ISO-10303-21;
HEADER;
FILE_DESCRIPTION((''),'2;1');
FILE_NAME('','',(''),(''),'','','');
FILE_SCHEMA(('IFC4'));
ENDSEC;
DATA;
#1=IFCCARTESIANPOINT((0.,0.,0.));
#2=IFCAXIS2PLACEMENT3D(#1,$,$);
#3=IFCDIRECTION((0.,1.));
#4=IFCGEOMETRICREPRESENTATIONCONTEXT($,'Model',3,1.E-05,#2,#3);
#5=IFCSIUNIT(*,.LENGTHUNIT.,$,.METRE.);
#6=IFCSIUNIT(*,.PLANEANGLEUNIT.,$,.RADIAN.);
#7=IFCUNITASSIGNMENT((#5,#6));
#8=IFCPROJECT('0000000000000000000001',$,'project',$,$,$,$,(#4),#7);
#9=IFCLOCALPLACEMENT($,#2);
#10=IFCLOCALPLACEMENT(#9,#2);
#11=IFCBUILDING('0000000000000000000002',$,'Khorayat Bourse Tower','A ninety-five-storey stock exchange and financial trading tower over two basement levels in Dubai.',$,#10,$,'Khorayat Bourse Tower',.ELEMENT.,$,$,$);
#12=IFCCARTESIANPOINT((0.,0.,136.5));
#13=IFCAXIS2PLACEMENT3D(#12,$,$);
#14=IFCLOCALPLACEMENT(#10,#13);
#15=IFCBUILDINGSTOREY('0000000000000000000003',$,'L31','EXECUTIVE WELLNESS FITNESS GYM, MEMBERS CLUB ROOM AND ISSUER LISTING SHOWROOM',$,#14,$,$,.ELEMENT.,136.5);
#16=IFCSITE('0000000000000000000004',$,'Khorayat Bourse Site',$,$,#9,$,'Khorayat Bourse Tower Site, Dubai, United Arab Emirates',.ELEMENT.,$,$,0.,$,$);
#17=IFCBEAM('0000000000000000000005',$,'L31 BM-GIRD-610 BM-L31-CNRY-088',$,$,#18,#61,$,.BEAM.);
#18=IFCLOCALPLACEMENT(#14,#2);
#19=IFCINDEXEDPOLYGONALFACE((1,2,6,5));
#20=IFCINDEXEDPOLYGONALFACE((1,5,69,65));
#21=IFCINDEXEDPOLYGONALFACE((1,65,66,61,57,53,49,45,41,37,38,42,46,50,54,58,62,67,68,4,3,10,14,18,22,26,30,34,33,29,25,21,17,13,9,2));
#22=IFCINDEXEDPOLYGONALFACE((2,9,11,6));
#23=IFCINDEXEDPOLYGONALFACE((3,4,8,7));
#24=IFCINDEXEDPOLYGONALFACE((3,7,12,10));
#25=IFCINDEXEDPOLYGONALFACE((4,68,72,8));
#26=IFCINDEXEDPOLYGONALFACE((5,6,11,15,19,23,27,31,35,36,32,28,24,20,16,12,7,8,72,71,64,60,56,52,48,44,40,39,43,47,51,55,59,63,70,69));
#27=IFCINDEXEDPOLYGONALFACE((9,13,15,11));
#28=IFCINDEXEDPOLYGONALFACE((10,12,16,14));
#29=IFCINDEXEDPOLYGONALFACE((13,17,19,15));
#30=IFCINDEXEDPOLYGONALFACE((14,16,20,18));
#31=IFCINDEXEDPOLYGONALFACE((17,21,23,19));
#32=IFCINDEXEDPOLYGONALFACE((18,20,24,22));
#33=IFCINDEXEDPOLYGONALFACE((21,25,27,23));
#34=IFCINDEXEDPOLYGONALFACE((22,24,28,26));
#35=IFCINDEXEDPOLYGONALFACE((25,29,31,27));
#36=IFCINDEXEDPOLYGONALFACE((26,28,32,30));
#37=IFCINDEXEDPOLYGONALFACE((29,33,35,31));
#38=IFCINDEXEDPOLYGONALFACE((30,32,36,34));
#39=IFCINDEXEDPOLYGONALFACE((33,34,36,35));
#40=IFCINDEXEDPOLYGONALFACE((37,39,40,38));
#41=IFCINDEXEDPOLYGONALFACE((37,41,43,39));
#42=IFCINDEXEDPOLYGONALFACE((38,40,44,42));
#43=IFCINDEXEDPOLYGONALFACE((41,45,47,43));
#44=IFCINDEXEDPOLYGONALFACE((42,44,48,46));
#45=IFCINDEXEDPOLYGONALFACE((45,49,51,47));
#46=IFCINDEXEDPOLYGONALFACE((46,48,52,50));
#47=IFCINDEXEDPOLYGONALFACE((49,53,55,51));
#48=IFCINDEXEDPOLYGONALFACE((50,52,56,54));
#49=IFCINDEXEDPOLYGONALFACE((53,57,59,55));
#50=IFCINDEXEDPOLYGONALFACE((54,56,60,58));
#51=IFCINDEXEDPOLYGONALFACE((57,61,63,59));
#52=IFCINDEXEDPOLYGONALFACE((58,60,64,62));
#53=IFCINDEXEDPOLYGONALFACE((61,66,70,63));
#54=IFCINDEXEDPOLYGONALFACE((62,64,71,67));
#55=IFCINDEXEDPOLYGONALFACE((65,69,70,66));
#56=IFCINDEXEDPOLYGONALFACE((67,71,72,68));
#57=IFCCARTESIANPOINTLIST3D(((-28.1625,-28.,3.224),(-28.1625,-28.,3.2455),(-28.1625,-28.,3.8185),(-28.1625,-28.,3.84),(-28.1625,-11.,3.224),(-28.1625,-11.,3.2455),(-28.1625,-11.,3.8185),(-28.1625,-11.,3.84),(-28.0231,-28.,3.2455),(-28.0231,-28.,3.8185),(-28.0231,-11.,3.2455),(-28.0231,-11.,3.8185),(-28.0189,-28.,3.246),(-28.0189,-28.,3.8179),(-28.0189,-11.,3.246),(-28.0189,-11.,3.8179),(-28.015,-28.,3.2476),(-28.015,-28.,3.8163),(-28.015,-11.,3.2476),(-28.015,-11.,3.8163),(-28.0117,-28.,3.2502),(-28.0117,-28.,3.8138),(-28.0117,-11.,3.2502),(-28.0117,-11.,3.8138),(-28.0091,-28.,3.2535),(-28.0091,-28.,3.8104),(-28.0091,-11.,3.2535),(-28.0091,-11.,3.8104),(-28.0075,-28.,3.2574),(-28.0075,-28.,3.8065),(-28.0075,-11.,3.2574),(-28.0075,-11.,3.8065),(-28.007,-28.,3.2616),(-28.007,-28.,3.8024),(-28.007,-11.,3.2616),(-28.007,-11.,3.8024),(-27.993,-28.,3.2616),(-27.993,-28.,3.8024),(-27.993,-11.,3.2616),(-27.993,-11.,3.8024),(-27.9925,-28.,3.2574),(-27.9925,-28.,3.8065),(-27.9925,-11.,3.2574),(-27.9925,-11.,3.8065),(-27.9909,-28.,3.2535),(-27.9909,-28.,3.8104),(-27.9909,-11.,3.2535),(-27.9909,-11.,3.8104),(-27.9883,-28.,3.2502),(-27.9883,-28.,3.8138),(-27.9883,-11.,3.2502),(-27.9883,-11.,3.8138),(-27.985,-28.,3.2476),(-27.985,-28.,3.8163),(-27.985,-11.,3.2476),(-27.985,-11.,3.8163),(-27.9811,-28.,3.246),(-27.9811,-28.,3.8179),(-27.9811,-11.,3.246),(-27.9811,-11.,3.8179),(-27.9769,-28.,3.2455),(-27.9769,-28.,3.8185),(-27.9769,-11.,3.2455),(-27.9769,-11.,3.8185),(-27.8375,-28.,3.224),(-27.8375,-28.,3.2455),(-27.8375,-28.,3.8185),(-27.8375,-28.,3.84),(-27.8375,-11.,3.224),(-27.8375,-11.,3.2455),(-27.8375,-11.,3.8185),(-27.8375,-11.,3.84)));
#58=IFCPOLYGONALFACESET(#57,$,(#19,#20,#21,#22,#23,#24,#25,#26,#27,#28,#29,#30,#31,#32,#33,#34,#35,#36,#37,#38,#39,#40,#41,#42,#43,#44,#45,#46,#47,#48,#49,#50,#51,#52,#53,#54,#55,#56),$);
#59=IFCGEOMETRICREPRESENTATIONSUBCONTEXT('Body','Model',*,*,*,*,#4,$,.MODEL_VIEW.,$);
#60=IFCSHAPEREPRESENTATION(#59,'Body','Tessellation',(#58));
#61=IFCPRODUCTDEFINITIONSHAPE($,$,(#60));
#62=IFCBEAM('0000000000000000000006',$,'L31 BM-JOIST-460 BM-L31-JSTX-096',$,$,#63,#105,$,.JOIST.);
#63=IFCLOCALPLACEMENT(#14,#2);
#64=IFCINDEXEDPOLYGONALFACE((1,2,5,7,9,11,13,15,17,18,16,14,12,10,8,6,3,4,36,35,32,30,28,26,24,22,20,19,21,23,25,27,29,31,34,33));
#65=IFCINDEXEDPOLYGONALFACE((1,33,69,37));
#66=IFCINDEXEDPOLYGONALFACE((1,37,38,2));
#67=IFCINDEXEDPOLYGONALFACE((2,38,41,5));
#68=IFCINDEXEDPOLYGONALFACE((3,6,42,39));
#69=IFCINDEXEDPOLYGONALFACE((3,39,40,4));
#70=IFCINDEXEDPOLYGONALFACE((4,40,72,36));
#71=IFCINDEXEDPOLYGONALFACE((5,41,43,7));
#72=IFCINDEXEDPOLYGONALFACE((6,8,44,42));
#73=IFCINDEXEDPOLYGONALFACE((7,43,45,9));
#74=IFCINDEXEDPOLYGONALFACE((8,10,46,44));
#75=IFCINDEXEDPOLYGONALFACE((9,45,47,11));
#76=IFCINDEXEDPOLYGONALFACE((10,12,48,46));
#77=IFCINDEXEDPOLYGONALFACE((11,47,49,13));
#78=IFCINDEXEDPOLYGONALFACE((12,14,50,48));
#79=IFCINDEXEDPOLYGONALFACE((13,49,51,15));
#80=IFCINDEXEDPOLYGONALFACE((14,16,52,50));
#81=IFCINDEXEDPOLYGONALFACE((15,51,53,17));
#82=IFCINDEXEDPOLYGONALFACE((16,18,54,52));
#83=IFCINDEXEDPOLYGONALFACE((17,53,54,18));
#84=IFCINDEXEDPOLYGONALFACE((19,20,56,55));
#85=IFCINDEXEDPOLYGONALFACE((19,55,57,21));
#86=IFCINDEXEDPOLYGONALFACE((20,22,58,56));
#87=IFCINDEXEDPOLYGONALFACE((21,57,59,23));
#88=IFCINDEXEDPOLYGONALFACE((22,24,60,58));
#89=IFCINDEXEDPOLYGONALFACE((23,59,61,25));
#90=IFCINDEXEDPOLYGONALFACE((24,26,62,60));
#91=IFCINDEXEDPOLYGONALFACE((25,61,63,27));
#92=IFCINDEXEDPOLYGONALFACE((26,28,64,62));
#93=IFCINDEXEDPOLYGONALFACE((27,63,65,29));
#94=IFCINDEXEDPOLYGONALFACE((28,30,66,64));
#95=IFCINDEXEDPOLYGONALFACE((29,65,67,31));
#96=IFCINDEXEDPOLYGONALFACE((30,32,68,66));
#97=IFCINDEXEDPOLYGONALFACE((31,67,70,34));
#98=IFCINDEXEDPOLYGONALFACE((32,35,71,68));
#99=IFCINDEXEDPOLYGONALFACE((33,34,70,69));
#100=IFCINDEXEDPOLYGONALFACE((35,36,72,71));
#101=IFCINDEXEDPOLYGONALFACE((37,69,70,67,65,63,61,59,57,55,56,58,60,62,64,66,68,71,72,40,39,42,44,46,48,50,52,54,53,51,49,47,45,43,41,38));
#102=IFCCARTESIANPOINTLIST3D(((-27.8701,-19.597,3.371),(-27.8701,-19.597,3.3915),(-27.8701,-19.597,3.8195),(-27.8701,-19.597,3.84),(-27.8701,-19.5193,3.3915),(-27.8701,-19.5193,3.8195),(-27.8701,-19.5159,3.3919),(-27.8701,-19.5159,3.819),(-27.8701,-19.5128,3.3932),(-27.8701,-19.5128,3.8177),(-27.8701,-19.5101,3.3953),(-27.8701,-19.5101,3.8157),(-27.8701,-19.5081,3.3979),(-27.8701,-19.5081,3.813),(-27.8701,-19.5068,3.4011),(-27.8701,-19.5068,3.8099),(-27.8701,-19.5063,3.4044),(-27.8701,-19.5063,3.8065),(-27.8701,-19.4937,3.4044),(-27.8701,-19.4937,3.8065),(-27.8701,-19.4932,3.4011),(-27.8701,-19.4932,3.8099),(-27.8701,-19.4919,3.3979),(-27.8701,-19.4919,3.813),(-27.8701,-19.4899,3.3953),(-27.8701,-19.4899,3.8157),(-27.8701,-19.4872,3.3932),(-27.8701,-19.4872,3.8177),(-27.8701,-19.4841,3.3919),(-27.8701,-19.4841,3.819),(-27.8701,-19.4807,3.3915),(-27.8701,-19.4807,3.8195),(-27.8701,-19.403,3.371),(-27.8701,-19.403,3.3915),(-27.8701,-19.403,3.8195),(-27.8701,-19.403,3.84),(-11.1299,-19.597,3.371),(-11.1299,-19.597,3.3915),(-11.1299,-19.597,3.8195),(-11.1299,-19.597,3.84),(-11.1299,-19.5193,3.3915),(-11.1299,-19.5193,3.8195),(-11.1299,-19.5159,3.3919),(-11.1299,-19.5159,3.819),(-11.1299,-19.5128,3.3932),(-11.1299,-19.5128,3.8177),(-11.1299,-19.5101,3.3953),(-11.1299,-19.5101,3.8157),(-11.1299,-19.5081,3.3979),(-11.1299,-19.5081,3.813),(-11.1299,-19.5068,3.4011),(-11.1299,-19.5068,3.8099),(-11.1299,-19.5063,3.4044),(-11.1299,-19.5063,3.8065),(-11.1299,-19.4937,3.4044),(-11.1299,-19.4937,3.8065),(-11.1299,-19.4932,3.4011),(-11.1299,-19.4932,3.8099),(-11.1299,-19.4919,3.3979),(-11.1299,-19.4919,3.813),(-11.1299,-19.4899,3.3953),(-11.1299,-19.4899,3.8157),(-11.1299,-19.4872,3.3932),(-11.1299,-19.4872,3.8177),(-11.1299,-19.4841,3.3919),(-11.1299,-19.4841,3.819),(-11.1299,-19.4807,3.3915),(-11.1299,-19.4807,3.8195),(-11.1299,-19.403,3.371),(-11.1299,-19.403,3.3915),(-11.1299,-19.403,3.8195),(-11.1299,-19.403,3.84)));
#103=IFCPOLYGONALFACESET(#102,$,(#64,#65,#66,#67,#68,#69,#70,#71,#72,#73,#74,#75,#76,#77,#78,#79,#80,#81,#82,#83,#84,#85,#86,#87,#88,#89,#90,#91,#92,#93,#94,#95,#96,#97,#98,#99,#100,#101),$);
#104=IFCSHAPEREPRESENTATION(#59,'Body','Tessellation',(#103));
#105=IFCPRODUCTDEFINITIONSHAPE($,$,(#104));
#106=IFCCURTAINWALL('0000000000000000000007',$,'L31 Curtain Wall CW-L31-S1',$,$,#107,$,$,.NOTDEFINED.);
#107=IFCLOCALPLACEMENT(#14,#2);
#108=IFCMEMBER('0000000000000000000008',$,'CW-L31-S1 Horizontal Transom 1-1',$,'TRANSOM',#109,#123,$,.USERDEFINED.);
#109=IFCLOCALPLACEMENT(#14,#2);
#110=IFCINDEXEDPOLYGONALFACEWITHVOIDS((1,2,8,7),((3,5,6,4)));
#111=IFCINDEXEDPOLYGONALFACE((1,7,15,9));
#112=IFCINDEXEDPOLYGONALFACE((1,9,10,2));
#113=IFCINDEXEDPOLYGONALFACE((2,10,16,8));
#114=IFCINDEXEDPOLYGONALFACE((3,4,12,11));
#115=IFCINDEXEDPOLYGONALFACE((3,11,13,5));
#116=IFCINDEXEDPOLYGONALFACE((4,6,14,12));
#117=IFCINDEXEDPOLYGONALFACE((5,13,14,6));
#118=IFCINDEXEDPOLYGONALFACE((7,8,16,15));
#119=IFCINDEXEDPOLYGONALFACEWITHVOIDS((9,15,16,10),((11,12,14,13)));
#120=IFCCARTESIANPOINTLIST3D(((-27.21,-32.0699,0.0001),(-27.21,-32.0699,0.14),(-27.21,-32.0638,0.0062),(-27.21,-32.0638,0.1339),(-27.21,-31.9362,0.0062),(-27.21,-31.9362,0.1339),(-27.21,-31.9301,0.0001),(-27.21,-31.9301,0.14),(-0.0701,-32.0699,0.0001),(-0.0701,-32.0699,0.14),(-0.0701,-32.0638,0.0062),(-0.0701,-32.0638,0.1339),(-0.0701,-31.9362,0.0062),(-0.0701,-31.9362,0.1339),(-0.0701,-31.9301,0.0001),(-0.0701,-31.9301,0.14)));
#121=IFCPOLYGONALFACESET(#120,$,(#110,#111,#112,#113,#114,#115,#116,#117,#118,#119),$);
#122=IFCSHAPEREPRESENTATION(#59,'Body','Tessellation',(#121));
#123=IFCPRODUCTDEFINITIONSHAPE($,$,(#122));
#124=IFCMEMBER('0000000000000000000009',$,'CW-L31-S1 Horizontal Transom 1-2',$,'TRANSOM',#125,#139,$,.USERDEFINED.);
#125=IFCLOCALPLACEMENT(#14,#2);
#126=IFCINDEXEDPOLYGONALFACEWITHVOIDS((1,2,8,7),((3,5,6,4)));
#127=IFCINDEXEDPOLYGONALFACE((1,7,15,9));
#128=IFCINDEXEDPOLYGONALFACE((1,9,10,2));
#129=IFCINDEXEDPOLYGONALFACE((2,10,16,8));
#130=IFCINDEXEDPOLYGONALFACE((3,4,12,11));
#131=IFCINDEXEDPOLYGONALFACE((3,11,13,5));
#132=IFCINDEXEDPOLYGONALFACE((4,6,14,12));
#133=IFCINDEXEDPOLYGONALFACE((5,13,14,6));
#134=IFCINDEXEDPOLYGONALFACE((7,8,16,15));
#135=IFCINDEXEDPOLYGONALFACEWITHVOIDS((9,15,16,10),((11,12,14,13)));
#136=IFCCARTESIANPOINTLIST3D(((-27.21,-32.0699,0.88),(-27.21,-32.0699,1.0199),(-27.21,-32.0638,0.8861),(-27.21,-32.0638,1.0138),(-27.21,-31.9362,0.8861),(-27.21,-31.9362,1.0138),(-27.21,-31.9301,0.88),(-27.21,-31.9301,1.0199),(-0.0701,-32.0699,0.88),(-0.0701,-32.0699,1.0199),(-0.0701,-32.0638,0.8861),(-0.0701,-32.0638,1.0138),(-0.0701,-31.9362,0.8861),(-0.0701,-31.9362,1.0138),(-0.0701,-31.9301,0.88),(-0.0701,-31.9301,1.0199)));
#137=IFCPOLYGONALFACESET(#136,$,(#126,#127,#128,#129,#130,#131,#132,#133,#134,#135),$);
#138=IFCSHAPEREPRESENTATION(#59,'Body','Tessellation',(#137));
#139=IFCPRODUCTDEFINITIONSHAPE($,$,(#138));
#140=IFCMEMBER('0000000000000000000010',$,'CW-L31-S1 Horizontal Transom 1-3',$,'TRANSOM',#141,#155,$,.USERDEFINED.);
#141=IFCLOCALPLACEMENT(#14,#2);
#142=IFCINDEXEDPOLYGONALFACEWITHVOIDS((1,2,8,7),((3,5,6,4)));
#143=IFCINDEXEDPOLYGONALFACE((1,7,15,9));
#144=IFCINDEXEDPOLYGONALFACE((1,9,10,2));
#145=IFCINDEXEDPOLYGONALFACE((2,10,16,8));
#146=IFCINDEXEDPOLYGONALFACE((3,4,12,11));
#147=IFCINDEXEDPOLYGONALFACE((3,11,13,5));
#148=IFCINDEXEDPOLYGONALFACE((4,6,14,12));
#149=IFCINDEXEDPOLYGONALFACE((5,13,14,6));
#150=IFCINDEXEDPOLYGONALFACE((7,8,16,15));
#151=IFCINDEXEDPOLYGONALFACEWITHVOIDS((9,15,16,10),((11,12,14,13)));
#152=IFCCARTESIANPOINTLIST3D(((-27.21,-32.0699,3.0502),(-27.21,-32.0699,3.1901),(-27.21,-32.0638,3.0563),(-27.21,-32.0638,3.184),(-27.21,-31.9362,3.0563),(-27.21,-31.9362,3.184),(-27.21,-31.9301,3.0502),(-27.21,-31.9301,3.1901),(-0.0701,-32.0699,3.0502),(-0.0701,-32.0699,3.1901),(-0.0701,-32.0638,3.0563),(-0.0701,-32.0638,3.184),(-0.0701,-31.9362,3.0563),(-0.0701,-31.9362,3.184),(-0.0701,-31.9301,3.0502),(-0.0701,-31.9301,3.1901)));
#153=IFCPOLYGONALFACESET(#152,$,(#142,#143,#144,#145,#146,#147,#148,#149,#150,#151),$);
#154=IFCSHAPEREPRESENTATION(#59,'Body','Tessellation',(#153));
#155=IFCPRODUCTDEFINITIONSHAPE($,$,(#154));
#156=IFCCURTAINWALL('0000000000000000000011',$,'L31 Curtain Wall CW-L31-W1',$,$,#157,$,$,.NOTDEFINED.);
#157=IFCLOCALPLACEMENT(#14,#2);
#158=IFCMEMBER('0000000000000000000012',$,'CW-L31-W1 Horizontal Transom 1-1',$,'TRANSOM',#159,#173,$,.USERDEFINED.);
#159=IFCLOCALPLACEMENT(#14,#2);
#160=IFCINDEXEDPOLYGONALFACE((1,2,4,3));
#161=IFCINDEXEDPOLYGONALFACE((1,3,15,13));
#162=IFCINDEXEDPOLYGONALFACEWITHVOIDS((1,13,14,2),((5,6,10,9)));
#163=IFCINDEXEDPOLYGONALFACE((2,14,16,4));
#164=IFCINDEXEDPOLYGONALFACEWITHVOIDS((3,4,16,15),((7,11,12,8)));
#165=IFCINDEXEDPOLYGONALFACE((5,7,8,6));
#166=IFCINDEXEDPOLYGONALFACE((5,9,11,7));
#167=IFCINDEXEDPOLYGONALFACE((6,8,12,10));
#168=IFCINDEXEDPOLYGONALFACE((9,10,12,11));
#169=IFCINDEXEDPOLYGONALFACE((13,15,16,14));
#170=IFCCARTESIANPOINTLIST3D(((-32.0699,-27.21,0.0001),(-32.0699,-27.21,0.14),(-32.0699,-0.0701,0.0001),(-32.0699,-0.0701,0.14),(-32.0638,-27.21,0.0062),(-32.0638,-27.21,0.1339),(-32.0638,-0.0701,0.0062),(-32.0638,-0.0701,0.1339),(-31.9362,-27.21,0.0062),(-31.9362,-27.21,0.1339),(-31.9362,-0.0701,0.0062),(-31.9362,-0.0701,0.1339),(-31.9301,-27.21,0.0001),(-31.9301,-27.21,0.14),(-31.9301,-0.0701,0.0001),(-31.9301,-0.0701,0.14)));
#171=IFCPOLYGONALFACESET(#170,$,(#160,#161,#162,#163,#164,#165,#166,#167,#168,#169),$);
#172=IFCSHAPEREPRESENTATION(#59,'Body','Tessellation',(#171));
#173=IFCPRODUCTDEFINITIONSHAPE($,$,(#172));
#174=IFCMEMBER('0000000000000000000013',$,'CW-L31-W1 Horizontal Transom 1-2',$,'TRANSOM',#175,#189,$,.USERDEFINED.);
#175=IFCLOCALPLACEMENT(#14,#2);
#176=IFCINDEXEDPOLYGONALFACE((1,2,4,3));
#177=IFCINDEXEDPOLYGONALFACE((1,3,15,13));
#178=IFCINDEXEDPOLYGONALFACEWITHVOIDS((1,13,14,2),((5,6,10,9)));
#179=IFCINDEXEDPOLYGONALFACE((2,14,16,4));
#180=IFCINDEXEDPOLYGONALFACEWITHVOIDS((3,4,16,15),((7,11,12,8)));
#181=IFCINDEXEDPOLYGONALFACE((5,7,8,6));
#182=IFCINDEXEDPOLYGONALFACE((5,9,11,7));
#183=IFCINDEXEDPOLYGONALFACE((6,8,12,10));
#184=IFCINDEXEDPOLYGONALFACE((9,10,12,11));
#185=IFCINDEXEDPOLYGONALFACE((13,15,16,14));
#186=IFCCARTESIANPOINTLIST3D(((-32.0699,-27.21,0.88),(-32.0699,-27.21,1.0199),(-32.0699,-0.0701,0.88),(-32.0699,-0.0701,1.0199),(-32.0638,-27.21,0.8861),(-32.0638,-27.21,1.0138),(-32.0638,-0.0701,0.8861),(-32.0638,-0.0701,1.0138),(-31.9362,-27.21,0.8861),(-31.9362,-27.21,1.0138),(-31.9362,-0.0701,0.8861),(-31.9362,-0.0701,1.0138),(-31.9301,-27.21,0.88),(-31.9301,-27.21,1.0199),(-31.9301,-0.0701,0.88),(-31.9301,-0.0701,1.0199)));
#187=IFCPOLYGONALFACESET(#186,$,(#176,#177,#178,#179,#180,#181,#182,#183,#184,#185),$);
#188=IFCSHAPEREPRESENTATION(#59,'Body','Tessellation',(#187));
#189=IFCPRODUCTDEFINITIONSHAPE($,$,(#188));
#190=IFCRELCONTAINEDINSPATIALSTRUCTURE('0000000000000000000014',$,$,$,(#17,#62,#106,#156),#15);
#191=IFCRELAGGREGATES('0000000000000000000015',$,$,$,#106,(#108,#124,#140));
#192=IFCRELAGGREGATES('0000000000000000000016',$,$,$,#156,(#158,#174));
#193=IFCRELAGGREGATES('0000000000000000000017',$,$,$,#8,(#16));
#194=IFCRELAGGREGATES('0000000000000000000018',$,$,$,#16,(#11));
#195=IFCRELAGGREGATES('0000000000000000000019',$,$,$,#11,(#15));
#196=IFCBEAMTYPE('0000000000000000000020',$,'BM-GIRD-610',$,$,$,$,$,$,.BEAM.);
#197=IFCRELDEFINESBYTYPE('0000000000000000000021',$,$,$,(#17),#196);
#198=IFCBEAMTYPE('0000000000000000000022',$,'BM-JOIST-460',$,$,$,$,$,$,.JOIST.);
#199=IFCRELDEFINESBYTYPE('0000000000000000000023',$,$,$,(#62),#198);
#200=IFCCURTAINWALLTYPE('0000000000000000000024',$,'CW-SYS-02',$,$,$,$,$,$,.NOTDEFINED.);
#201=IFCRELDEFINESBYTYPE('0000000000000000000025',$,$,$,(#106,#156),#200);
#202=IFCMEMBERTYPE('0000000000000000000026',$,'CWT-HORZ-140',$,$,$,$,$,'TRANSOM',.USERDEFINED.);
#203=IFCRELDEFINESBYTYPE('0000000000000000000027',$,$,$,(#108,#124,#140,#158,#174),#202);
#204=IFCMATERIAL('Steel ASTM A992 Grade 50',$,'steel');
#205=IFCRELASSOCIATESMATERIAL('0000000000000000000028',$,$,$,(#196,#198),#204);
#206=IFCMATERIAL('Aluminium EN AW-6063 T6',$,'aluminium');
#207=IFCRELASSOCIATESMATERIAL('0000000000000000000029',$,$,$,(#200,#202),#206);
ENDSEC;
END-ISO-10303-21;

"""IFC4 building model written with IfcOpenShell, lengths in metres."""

from ifc_helpers import new_model, si_unit, direction, frame, origin, origin_2d, place, context, subcontext, project, spatial, hollow_rectangle, i_section, extrude, source, transform, mapped, material, material_profile, profile_set, type_object, element, aggregate, save


model = new_model("IFC4")

# Units and contexts
model_context = context("Model", 3, precision=1e-05, world=origin(), true_north=direction((0.0, 1.0)))
body_context = subcontext(model_context, "Body", "Model", "MODEL_VIEW")
ifc_project = project(units=[si_unit("LENGTHUNIT", "METRE"), si_unit("PLANEANGLEUNIT", "RADIAN")], contexts=[model_context])

# Site, building, storey
site_placement = place(None, origin())
site = spatial("IfcSite", under=ifc_project, at=site_placement, Name="Khorayat Bourse Site", LongName="Khorayat Bourse Tower Site, Dubai, United Arab Emirates", CompositionType="ELEMENT", RefElevation=0.0)
building_placement = place(site_placement, origin())
building = spatial("IfcBuilding", under=site, at=building_placement, Name="Khorayat Bourse Tower", Description="A ninety-five-storey stock exchange and financial trading tower over two basement levels in Dubai.", LongName="Khorayat Bourse Tower", CompositionType="ELEMENT")
storey_placement = place(building_placement, frame((0.0, 0.0, 136.5)))
storey = spatial("IfcBuildingStorey", under=building, at=storey_placement, Name="L31", Description="EXECUTIVE WELLNESS FITNESS GYM, MEMBERS CLUB ROOM AND ISSUER LISTING SHOWROOM", CompositionType="ELEMENT", Elevation=136.5)

# Beams
ifc_material_1 = material(Name="Steel ASTM A992 Grade 50", Category="steel")
ifc_material_profile_1 = material_profile(ifc_material_1, i_section(OverallWidth=0.325, OverallDepth=0.616, WebThickness=0.0139, FlangeThickness=0.0215, FilletRadius=0.0161, at=origin_2d()), Name="W610X174")
ifc_profile_set_1 = profile_set([ifc_material_profile_1], Name="Steel ASTM A992 Grade 50")
beam_type_1 = type_object("IfcBeamType", Name="BM-GIRD-610", PredefinedType="BEAM", material=ifc_profile_set_1)
shared_shape_1 = source(origin(), body_context, "Body", "SweptSolid", [
    extrude(i_section(OverallWidth=0.325, OverallDepth=0.616, WebThickness=0.0139, FlangeThickness=0.0215, FilletRadius=0.0161, at=origin_2d()), origin(), (0.0, 0.0, 1.0), 17.0),
])
beam_1_placement = place(storey_placement, frame((-28.0, -28.0, 3.532), z_axis=(0.0, 1.0, 0.0), x_axis=(-1.0, 0.0, 0.0)))
element("IfcBeam", 1, at=beam_1_placement, inside=storey, type_object=beam_type_1, Name="L31 BM-GIRD-610 BM-L31-CNRY-088", PredefinedType="BEAM", context=body_context, shape_type="MappedRepresentation", body=[
    mapped(shared_shape_1, transform((0.0, 0.0, 0.0), scale=1.0)),
])
ifc_material_profile_2 = material_profile(ifc_material_1, i_section(OverallWidth=0.1941, OverallDepth=0.469, WebThickness=0.0127, FlangeThickness=0.0205, FilletRadius=0.0129, at=origin_2d()), Name="W460X106")
ifc_profile_set_2 = profile_set([ifc_material_profile_2], Name="Steel ASTM A992 Grade 50")
beam_type_2 = type_object("IfcBeamType", Name="BM-JOIST-460", PredefinedType="JOIST", material=ifc_profile_set_2)
shared_shape_2 = source(origin(), body_context, "Body", "SweptSolid", [
    extrude(i_section(OverallWidth=0.1941, OverallDepth=0.469, WebThickness=0.0127, FlangeThickness=0.0205, FilletRadius=0.0129, at=origin_2d()), origin(), (0.0, 0.0, 1.0), 16.7402),
])
beam_2_placement = place(storey_placement, frame((-27.8701, -19.5, 3.6055), z_axis=(1.0, 0.0, 0.0), x_axis=(0.0, 1.0, 0.0)))
element("IfcBeam", 2, at=beam_2_placement, inside=storey, type_object=beam_type_2, Name="L31 BM-JOIST-460 BM-L31-JSTX-096", PredefinedType="JOIST", context=body_context, shape_type="MappedRepresentation", body=[
    mapped(shared_shape_2, transform((0.0, 0.0, 0.0), scale=1.0)),
])

# Curtain walls, members
ifc_material_2 = material(Name="Aluminium EN AW-6063 T6", Category="aluminium")
curtain_wall_type = type_object("IfcCurtainWallType", Name="CW-SYS-02", PredefinedType="NOTDEFINED", material=ifc_material_2)
curtain_wall_1_placement = place(storey_placement, origin())
curtain_wall_1 = element("IfcCurtainWall", 3, at=curtain_wall_1_placement, inside=storey, type_object=curtain_wall_type, Name="L31 Curtain Wall CW-L31-S1", PredefinedType="NOTDEFINED")
ifc_material_profile_3 = material_profile(ifc_material_2, hollow_rectangle(XDim=0.1399, YDim=0.1399, WallThickness=0.0061, at=origin_2d()), Name="ALU 140x140x6")
ifc_profile_set_3 = profile_set([ifc_material_profile_3], Name="Aluminium EN AW-6063 T6")
member_type_1 = type_object("IfcMemberType", Name="CWT-HORZ-140", ElementType="TRANSOM", PredefinedType="USERDEFINED", material=ifc_profile_set_3)
shared_shape_3 = source(origin(), body_context, "Body", "SweptSolid", [
    extrude(hollow_rectangle(XDim=0.1399, YDim=0.1399, WallThickness=0.0061, at=origin_2d()), origin(), (0.0, 0.0, 1.0), 27.1399),
])
member_1_placement = place(storey_placement, frame((-27.21, -32.0, 0.0701), z_axis=(1.0, 0.0, 0.0), x_axis=(0.0, 1.0, 0.0)))
member_1 = element("IfcMember", 4, at=member_1_placement, type_object=member_type_1, Name="CW-L31-S1 Horizontal Transom 1-1", ObjectType="TRANSOM", PredefinedType="USERDEFINED", context=body_context, shape_type="MappedRepresentation", body=[
    mapped(shared_shape_3, transform((0.0, 0.0, 0.0), scale=1.0)),
])
member_2_placement = place(storey_placement, frame((-27.21, -32.0, 0.95), z_axis=(1.0, 0.0, 0.0), x_axis=(0.0, 1.0, 0.0)))
member_2 = element("IfcMember", 5, at=member_2_placement, type_object=member_type_1, Name="CW-L31-S1 Horizontal Transom 1-2", ObjectType="TRANSOM", PredefinedType="USERDEFINED", context=body_context, shape_type="MappedRepresentation", body=[
    mapped(shared_shape_3, transform((0.0, 0.0, 0.0), scale=1.0)),
])
member_3_placement = place(storey_placement, frame((-27.21, -32.0, 3.1201), z_axis=(1.0, 0.0, 0.0), x_axis=(0.0, 1.0, 0.0)))
member_3 = element("IfcMember", 6, at=member_3_placement, type_object=member_type_1, Name="CW-L31-S1 Horizontal Transom 1-3", ObjectType="TRANSOM", PredefinedType="USERDEFINED", context=body_context, shape_type="MappedRepresentation", body=[
    mapped(shared_shape_3, transform((0.0, 0.0, 0.0), scale=1.0)),
])
curtain_wall_2_placement = place(storey_placement, origin())
curtain_wall_2 = element("IfcCurtainWall", 7, at=curtain_wall_2_placement, inside=storey, type_object=curtain_wall_type, Name="L31 Curtain Wall CW-L31-W1", PredefinedType="NOTDEFINED")
member_4_placement = place(storey_placement, frame((-32.0, -27.21, 0.0701), z_axis=(0.0, 1.0, 0.0), x_axis=(-1.0, 0.0, 0.0)))
member_4 = element("IfcMember", 8, at=member_4_placement, type_object=member_type_1, Name="CW-L31-W1 Horizontal Transom 1-1", ObjectType="TRANSOM", PredefinedType="USERDEFINED", context=body_context, shape_type="MappedRepresentation", body=[
    mapped(shared_shape_3, transform((0.0, 0.0, 0.0), scale=1.0)),
])
member_5_placement = place(storey_placement, frame((-32.0, -27.21, 0.95), z_axis=(0.0, 1.0, 0.0), x_axis=(-1.0, 0.0, 0.0)))
member_5 = element("IfcMember", 9, at=member_5_placement, type_object=member_type_1, Name="CW-L31-W1 Horizontal Transom 1-2", ObjectType="TRANSOM", PredefinedType="USERDEFINED", context=body_context, shape_type="MappedRepresentation", body=[
    mapped(shared_shape_3, transform((0.0, 0.0, 0.0), scale=1.0)),
])

aggregate(curtain_wall_1, [member_1, member_2, member_3])
aggregate(curtain_wall_2, [member_4, member_5])

save(model, "model.ifc")
